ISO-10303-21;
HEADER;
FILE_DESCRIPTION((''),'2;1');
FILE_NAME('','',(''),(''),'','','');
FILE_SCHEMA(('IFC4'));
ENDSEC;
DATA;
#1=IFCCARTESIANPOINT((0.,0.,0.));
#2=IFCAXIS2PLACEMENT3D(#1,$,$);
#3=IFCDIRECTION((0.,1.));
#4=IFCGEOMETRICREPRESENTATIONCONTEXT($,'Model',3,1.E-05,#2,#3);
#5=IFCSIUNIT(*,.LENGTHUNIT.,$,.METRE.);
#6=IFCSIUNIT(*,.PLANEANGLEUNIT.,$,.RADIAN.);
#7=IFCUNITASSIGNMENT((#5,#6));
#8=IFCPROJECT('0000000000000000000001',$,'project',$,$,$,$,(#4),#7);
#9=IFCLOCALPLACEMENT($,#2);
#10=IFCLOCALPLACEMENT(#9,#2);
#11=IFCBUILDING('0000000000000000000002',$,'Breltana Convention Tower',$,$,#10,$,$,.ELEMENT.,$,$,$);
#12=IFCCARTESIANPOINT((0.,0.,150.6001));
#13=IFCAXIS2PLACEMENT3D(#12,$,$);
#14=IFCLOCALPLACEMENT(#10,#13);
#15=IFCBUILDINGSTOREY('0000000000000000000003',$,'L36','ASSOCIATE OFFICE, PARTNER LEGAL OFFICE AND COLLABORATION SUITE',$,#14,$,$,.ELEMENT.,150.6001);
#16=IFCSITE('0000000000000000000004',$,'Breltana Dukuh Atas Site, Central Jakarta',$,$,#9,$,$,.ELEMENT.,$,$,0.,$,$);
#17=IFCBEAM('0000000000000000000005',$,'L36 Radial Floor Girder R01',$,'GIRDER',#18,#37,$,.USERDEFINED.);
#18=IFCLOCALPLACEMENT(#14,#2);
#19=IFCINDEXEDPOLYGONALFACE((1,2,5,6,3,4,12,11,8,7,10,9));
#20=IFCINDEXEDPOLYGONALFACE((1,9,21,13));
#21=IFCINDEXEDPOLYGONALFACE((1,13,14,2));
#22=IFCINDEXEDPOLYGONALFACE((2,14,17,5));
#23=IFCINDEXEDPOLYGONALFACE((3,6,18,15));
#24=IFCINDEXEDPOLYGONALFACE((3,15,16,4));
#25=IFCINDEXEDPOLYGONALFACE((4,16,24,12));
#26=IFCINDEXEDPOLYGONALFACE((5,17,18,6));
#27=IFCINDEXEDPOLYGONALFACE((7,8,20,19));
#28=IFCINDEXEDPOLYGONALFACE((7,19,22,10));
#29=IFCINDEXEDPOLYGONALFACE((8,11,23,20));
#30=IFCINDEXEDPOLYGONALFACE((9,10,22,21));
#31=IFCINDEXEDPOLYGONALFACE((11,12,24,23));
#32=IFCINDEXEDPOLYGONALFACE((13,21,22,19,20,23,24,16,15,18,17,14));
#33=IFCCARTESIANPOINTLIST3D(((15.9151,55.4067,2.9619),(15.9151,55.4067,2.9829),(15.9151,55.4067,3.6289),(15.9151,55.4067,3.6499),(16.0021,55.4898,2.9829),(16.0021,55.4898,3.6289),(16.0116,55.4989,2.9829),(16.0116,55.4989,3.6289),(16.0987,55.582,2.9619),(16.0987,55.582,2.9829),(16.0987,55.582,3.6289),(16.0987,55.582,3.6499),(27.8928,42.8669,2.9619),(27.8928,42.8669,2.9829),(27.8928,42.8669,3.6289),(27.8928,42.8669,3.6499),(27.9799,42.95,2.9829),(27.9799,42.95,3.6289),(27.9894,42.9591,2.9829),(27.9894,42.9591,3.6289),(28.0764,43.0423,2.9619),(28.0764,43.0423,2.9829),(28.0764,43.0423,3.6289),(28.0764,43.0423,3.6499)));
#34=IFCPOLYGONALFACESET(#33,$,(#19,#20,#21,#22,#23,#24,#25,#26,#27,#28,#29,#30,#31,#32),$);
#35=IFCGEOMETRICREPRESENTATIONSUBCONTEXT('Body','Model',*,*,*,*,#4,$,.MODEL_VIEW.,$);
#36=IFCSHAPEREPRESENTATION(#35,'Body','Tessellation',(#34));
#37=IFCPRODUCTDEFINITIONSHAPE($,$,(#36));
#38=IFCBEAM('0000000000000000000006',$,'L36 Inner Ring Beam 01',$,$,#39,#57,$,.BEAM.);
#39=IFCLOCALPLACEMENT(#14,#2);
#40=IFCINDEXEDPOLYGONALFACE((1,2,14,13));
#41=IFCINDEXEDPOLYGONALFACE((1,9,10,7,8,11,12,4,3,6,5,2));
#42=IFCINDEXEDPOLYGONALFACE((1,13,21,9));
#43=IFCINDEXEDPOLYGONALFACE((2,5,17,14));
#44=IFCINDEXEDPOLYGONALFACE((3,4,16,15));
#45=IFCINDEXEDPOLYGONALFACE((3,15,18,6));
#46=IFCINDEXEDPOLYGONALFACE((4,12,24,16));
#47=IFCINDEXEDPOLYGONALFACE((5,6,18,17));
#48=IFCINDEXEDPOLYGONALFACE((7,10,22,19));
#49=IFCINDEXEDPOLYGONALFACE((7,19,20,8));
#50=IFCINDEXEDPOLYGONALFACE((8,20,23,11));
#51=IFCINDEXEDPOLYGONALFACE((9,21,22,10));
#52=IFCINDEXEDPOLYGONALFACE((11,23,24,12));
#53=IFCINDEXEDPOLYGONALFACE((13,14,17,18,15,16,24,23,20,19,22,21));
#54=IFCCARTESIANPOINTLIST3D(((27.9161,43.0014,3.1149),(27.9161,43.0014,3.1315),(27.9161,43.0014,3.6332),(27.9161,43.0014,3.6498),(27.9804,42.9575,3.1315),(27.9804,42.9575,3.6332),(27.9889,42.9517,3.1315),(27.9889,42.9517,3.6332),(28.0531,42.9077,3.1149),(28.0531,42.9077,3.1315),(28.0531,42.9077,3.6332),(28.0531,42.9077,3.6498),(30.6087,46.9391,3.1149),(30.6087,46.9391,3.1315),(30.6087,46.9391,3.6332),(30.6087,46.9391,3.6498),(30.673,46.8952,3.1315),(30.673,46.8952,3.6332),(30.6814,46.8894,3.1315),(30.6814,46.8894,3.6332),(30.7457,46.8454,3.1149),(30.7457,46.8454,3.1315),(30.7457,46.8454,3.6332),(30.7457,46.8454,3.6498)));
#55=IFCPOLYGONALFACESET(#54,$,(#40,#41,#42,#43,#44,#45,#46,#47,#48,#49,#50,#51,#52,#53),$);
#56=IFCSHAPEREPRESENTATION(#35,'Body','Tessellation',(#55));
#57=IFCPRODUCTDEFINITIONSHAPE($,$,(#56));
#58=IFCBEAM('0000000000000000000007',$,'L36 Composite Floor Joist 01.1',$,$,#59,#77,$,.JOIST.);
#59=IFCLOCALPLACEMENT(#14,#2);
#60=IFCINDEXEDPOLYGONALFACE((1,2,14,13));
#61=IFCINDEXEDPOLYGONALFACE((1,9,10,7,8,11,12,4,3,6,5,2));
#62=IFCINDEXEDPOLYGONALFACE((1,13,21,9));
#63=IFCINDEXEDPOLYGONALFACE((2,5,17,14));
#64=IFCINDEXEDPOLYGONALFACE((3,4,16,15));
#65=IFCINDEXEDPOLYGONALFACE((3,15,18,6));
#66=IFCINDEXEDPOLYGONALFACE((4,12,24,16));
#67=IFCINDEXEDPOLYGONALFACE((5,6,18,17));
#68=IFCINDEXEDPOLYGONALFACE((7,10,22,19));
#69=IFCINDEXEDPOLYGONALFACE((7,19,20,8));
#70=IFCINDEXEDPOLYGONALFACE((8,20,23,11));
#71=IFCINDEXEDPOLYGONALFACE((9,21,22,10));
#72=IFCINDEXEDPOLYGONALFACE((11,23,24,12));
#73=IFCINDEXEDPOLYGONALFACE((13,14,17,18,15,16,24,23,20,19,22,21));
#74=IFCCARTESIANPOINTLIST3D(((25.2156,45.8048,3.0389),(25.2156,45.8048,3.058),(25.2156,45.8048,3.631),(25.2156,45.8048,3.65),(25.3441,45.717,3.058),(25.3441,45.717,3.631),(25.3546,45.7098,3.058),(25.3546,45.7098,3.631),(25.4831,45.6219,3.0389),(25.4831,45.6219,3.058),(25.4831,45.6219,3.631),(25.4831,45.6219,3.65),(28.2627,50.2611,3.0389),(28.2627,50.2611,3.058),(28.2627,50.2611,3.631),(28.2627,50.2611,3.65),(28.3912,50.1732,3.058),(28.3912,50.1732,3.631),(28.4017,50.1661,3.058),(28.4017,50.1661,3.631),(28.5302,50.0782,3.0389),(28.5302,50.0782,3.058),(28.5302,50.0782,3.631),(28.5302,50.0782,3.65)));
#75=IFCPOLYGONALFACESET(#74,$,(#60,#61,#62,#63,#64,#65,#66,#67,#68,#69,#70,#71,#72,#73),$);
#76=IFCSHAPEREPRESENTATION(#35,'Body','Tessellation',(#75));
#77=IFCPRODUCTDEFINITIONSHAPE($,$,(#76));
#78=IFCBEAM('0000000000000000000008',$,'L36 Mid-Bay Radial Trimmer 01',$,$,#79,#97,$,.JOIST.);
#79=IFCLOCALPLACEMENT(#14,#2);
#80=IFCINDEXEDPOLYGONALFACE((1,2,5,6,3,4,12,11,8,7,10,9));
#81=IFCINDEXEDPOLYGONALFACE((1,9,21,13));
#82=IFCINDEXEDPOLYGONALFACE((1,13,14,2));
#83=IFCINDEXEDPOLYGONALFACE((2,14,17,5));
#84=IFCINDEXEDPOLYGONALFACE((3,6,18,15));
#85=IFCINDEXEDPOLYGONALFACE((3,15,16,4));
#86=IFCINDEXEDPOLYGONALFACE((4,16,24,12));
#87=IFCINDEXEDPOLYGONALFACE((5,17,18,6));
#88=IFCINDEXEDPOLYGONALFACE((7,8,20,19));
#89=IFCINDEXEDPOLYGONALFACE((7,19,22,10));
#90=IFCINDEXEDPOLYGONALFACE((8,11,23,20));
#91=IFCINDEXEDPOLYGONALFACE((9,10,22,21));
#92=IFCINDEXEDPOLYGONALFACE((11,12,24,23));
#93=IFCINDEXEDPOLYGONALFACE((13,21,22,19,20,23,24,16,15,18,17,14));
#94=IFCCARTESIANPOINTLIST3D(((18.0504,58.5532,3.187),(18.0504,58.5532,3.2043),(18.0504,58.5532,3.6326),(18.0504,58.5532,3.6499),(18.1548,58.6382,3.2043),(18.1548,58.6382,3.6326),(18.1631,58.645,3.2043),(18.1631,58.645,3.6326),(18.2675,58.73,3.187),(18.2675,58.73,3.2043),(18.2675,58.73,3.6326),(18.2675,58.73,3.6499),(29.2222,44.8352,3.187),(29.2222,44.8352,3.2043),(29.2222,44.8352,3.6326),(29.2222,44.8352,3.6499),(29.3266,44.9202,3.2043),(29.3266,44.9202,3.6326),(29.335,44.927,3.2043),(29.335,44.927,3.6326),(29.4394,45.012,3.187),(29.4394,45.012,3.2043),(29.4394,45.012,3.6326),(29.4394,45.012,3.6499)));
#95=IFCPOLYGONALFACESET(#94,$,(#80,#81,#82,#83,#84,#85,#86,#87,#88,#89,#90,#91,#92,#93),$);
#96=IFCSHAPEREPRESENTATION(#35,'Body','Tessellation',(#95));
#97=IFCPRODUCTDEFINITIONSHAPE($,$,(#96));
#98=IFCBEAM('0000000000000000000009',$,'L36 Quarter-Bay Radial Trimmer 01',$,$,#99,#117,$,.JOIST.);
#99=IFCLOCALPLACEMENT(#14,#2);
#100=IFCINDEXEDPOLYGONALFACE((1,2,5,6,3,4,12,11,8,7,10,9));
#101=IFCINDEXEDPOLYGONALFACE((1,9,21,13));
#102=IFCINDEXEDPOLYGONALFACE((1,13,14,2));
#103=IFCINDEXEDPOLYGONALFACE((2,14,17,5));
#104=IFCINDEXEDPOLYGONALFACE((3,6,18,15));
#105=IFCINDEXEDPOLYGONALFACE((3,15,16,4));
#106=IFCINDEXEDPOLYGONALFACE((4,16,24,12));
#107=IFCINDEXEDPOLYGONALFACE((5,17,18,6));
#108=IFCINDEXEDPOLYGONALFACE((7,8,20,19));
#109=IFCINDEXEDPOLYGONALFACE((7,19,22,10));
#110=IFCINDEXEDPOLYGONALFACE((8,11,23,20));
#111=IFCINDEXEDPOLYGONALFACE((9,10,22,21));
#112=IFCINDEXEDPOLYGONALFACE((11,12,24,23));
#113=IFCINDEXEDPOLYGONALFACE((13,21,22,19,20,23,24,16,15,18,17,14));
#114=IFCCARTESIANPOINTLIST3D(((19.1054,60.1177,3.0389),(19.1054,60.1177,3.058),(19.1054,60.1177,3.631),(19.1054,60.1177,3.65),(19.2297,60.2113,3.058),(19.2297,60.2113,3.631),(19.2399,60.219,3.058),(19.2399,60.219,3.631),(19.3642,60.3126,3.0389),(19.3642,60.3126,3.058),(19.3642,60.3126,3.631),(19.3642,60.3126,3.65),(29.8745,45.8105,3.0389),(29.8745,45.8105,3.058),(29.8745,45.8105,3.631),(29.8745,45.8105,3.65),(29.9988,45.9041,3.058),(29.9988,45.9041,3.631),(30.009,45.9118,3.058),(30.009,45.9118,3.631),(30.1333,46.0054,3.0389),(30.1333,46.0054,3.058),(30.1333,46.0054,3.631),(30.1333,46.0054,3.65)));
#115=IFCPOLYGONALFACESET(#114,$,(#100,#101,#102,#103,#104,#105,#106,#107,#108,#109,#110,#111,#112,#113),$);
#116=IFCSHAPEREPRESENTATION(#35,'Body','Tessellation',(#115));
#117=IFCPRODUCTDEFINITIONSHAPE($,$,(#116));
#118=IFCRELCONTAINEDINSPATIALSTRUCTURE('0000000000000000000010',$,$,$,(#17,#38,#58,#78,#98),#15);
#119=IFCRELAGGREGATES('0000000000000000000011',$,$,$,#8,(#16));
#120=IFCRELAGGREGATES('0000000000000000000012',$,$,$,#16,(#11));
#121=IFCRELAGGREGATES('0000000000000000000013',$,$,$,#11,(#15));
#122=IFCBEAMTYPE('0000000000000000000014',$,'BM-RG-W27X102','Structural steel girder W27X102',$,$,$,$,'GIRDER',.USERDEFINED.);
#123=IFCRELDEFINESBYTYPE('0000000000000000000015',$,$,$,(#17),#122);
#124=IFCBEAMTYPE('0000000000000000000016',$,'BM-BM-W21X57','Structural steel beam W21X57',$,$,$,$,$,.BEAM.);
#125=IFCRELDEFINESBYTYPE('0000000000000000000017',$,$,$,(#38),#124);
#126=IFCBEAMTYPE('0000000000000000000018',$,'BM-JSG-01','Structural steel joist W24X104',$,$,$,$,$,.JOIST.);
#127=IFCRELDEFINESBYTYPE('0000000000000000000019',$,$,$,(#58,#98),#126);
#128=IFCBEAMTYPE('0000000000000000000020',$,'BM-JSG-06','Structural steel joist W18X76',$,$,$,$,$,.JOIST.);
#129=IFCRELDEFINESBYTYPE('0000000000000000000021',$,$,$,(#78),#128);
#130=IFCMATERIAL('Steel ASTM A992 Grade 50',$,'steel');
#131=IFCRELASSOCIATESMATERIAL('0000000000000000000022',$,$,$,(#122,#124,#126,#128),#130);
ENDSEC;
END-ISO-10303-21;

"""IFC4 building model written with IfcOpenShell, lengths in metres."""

from ifc_helpers import new_model, si_unit, direction, frame, origin, origin_2d, place, context, subcontext, project, spatial, i_section, extrude, source, transform, mapped, material, material_profile, profile_set, type_object, type_shapes, element, save


model = new_model("IFC4")

# Units and contexts
model_context = context("Model", 3, precision=1e-05, world=origin(), true_north=direction((0.0, 1.0)))
body_context = subcontext(model_context, "Body", "Model", "MODEL_VIEW")
ifc_project = project(units=[si_unit("LENGTHUNIT", "METRE"), si_unit("PLANEANGLEUNIT", "RADIAN")], contexts=[model_context])

# Site, building, storey
site_placement = place(None, origin())
site = spatial("IfcSite", under=ifc_project, at=site_placement, Name="Breltana Dukuh Atas Site, Central Jakarta", CompositionType="ELEMENT", RefElevation=0.0)
building_placement = place(site_placement, origin())
building = spatial("IfcBuilding", under=site, at=building_placement, Name="Breltana Convention Tower", CompositionType="ELEMENT")
storey_placement = place(building_placement, frame((0.0, 0.0, 150.6001)))
storey = spatial("IfcBuildingStorey", under=building, at=storey_placement, Name="L36", Description="ASSOCIATE OFFICE, PARTNER LEGAL OFFICE AND COLLABORATION SUITE", CompositionType="ELEMENT", Elevation=150.6001)

# Beams
ifc_material_1 = material(Name="Steel ASTM A992 Grade 50", Category="steel")
ifc_material_profile_1 = material_profile(ifc_material_1, i_section(OverallWidth=0.2539, OverallDepth=0.688, WebThickness=0.0132, FlangeThickness=0.021, at=origin_2d()), Name="W27X102")
ifc_profile_set_1 = profile_set([ifc_material_profile_1], Name="Steel ASTM A992 Grade 50")
beam_type_1 = type_object("IfcBeamType", Name="BM-RG-W27X102", Description="Structural steel girder W27X102", ElementType="GIRDER", PredefinedType="USERDEFINED", material=ifc_profile_set_1)
shared_shape_1 = source(origin(), body_context, "Body", "SweptSolid", [
    extrude(i_section(OverallWidth=0.2539, OverallDepth=0.688, WebThickness=0.0132, FlangeThickness=0.021, at=origin_2d()), origin(), (0.0, 0.0, 1.0), 17.3411),
])
type_shapes(beam_type_1, [shared_shape_1])
beam_1_placement = place(storey_placement, frame((27.9846, 42.9546, 3.3059), z_axis=(-0.690716, 0.723126, 0.0), x_axis=(-0.723126, -0.690716, 0.0)))
element("IfcBeam", 1, at=beam_1_placement, inside=storey, type_object=beam_type_1, Name="L36 Radial Floor Girder R01", ObjectType="GIRDER", PredefinedType="USERDEFINED", context=body_context, shape_type="MappedRepresentation", body=[
    mapped(shared_shape_1, transform((0.0, 0.0, 0.0), scale=1.0)),
])
ifc_material_profile_2 = material_profile(ifc_material_1, i_section(OverallWidth=0.166, OverallDepth=0.5349, WebThickness=0.0103, FlangeThickness=0.0166, at=origin_2d()), Name="W21X57")
ifc_profile_set_2 = profile_set([ifc_material_profile_2], Name="Steel ASTM A992 Grade 50")
beam_type_2 = type_object("IfcBeamType", Name="BM-BM-W21X57", Description="Structural steel beam W21X57", PredefinedType="BEAM", material=ifc_profile_set_2)
shared_shape_2 = source(origin(), body_context, "Body", "SweptSolid", [
    extrude(i_section(OverallWidth=0.166, OverallDepth=0.5349, WebThickness=0.0103, FlangeThickness=0.0166, at=origin_2d()), origin(), (0.0, 0.0, 1.0), 4.7703),
])
beam_2_placement = place(storey_placement, frame((27.9846, 42.9546, 3.3823), z_axis=(0.564453, 0.825465, 0.0), x_axis=(-0.825465, 0.564453, 0.0)))
element("IfcBeam", 2, at=beam_2_placement, inside=storey, type_object=beam_type_2, Name="L36 Inner Ring Beam 01", PredefinedType="BEAM", context=body_context, shape_type="MappedRepresentation", body=[
    mapped(shared_shape_2, transform((0.0, 0.0, 0.0), scale=1.0)),
])
ifc_material_profile_3 = material_profile(ifc_material_1, i_section(OverallWidth=0.324, OverallDepth=0.6111, WebThickness=0.0127, FlangeThickness=0.019, at=origin_2d()), Name="W24X104")
ifc_profile_set_3 = profile_set([ifc_material_profile_3], Name="Steel ASTM A992 Grade 50")
beam_type_3 = type_object("IfcBeamType", Name="BM-JSG-01", Description="Structural steel joist W24X104", PredefinedType="JOIST", material=ifc_profile_set_3)
shared_shape_3 = source(origin(), body_context, "Body", "SweptSolid", [
    extrude(i_section(OverallWidth=0.324, OverallDepth=0.6111, WebThickness=0.0127, FlangeThickness=0.019, at=origin_2d()), origin(), (0.0, 0.0, 1.0), 5.3984),
])
beam_3_placement = place(storey_placement, frame((25.3494, 45.7134, 3.3445), z_axis=(0.564441, 0.825474, 0.0), x_axis=(-0.825474, 0.564441, 0.0)))
element("IfcBeam", 3, at=beam_3_placement, inside=storey, type_object=beam_type_3, Name="L36 Composite Floor Joist 01.1", PredefinedType="JOIST", context=body_context, shape_type="MappedRepresentation", body=[
    mapped(shared_shape_3, transform((0.0, 0.0, 0.0), scale=1.0)),
])
ifc_material_profile_4 = material_profile(ifc_material_1, i_section(OverallWidth=0.28, OverallDepth=0.4629, WebThickness=0.0107, FlangeThickness=0.0173, at=origin_2d()), Name="W18X76")
ifc_profile_set_4 = profile_set([ifc_material_profile_4], Name="Steel ASTM A992 Grade 50")
beam_type_4 = type_object("IfcBeamType", Name="BM-JSG-06", Description="Structural steel joist W18X76", PredefinedType="JOIST", material=ifc_profile_set_4)
shared_shape_4 = source(origin(), body_context, "Body", "SweptSolid", [
    extrude(i_section(OverallWidth=0.28, OverallDepth=0.4629, WebThickness=0.0107, FlangeThickness=0.0173, at=origin_2d()), origin(), (0.0, 0.0, 1.0), 17.6917),
])
beam_4_placement = place(storey_placement, frame((29.3308, 44.9236, 3.4185), z_axis=(-0.631477, 0.775395, 0.0), x_axis=(-0.775395, -0.631477, 0.0)))
element("IfcBeam", 4, at=beam_4_placement, inside=storey, type_object=beam_type_4, Name="L36 Mid-Bay Radial Trimmer 01", PredefinedType="JOIST", context=body_context, shape_type="MappedRepresentation", body=[
    mapped(shared_shape_4, transform((0.0, 0.0, 0.0), scale=1.0)),
])
shared_shape_5 = source(origin(), body_context, "Body", "SweptSolid", [
    extrude(i_section(OverallWidth=0.324, OverallDepth=0.6111, WebThickness=0.0127, FlangeThickness=0.019, at=origin_2d()), origin(), (0.0, 0.0, 1.0), 17.9072),
])
beam_5_placement = place(storey_placement, frame((30.0039, 45.908, 3.3445), z_axis=(-0.601382, 0.798962, 0.0), x_axis=(-0.798962, -0.601382, 0.0)))
element("IfcBeam", 5, at=beam_5_placement, inside=storey, type_object=beam_type_3, Name="L36 Quarter-Bay Radial Trimmer 01", PredefinedType="JOIST", context=body_context, shape_type="MappedRepresentation", body=[
    mapped(shared_shape_5, transform((0.0, 0.0, 0.0), scale=1.0)),
])

save(model, "model.ifc")
